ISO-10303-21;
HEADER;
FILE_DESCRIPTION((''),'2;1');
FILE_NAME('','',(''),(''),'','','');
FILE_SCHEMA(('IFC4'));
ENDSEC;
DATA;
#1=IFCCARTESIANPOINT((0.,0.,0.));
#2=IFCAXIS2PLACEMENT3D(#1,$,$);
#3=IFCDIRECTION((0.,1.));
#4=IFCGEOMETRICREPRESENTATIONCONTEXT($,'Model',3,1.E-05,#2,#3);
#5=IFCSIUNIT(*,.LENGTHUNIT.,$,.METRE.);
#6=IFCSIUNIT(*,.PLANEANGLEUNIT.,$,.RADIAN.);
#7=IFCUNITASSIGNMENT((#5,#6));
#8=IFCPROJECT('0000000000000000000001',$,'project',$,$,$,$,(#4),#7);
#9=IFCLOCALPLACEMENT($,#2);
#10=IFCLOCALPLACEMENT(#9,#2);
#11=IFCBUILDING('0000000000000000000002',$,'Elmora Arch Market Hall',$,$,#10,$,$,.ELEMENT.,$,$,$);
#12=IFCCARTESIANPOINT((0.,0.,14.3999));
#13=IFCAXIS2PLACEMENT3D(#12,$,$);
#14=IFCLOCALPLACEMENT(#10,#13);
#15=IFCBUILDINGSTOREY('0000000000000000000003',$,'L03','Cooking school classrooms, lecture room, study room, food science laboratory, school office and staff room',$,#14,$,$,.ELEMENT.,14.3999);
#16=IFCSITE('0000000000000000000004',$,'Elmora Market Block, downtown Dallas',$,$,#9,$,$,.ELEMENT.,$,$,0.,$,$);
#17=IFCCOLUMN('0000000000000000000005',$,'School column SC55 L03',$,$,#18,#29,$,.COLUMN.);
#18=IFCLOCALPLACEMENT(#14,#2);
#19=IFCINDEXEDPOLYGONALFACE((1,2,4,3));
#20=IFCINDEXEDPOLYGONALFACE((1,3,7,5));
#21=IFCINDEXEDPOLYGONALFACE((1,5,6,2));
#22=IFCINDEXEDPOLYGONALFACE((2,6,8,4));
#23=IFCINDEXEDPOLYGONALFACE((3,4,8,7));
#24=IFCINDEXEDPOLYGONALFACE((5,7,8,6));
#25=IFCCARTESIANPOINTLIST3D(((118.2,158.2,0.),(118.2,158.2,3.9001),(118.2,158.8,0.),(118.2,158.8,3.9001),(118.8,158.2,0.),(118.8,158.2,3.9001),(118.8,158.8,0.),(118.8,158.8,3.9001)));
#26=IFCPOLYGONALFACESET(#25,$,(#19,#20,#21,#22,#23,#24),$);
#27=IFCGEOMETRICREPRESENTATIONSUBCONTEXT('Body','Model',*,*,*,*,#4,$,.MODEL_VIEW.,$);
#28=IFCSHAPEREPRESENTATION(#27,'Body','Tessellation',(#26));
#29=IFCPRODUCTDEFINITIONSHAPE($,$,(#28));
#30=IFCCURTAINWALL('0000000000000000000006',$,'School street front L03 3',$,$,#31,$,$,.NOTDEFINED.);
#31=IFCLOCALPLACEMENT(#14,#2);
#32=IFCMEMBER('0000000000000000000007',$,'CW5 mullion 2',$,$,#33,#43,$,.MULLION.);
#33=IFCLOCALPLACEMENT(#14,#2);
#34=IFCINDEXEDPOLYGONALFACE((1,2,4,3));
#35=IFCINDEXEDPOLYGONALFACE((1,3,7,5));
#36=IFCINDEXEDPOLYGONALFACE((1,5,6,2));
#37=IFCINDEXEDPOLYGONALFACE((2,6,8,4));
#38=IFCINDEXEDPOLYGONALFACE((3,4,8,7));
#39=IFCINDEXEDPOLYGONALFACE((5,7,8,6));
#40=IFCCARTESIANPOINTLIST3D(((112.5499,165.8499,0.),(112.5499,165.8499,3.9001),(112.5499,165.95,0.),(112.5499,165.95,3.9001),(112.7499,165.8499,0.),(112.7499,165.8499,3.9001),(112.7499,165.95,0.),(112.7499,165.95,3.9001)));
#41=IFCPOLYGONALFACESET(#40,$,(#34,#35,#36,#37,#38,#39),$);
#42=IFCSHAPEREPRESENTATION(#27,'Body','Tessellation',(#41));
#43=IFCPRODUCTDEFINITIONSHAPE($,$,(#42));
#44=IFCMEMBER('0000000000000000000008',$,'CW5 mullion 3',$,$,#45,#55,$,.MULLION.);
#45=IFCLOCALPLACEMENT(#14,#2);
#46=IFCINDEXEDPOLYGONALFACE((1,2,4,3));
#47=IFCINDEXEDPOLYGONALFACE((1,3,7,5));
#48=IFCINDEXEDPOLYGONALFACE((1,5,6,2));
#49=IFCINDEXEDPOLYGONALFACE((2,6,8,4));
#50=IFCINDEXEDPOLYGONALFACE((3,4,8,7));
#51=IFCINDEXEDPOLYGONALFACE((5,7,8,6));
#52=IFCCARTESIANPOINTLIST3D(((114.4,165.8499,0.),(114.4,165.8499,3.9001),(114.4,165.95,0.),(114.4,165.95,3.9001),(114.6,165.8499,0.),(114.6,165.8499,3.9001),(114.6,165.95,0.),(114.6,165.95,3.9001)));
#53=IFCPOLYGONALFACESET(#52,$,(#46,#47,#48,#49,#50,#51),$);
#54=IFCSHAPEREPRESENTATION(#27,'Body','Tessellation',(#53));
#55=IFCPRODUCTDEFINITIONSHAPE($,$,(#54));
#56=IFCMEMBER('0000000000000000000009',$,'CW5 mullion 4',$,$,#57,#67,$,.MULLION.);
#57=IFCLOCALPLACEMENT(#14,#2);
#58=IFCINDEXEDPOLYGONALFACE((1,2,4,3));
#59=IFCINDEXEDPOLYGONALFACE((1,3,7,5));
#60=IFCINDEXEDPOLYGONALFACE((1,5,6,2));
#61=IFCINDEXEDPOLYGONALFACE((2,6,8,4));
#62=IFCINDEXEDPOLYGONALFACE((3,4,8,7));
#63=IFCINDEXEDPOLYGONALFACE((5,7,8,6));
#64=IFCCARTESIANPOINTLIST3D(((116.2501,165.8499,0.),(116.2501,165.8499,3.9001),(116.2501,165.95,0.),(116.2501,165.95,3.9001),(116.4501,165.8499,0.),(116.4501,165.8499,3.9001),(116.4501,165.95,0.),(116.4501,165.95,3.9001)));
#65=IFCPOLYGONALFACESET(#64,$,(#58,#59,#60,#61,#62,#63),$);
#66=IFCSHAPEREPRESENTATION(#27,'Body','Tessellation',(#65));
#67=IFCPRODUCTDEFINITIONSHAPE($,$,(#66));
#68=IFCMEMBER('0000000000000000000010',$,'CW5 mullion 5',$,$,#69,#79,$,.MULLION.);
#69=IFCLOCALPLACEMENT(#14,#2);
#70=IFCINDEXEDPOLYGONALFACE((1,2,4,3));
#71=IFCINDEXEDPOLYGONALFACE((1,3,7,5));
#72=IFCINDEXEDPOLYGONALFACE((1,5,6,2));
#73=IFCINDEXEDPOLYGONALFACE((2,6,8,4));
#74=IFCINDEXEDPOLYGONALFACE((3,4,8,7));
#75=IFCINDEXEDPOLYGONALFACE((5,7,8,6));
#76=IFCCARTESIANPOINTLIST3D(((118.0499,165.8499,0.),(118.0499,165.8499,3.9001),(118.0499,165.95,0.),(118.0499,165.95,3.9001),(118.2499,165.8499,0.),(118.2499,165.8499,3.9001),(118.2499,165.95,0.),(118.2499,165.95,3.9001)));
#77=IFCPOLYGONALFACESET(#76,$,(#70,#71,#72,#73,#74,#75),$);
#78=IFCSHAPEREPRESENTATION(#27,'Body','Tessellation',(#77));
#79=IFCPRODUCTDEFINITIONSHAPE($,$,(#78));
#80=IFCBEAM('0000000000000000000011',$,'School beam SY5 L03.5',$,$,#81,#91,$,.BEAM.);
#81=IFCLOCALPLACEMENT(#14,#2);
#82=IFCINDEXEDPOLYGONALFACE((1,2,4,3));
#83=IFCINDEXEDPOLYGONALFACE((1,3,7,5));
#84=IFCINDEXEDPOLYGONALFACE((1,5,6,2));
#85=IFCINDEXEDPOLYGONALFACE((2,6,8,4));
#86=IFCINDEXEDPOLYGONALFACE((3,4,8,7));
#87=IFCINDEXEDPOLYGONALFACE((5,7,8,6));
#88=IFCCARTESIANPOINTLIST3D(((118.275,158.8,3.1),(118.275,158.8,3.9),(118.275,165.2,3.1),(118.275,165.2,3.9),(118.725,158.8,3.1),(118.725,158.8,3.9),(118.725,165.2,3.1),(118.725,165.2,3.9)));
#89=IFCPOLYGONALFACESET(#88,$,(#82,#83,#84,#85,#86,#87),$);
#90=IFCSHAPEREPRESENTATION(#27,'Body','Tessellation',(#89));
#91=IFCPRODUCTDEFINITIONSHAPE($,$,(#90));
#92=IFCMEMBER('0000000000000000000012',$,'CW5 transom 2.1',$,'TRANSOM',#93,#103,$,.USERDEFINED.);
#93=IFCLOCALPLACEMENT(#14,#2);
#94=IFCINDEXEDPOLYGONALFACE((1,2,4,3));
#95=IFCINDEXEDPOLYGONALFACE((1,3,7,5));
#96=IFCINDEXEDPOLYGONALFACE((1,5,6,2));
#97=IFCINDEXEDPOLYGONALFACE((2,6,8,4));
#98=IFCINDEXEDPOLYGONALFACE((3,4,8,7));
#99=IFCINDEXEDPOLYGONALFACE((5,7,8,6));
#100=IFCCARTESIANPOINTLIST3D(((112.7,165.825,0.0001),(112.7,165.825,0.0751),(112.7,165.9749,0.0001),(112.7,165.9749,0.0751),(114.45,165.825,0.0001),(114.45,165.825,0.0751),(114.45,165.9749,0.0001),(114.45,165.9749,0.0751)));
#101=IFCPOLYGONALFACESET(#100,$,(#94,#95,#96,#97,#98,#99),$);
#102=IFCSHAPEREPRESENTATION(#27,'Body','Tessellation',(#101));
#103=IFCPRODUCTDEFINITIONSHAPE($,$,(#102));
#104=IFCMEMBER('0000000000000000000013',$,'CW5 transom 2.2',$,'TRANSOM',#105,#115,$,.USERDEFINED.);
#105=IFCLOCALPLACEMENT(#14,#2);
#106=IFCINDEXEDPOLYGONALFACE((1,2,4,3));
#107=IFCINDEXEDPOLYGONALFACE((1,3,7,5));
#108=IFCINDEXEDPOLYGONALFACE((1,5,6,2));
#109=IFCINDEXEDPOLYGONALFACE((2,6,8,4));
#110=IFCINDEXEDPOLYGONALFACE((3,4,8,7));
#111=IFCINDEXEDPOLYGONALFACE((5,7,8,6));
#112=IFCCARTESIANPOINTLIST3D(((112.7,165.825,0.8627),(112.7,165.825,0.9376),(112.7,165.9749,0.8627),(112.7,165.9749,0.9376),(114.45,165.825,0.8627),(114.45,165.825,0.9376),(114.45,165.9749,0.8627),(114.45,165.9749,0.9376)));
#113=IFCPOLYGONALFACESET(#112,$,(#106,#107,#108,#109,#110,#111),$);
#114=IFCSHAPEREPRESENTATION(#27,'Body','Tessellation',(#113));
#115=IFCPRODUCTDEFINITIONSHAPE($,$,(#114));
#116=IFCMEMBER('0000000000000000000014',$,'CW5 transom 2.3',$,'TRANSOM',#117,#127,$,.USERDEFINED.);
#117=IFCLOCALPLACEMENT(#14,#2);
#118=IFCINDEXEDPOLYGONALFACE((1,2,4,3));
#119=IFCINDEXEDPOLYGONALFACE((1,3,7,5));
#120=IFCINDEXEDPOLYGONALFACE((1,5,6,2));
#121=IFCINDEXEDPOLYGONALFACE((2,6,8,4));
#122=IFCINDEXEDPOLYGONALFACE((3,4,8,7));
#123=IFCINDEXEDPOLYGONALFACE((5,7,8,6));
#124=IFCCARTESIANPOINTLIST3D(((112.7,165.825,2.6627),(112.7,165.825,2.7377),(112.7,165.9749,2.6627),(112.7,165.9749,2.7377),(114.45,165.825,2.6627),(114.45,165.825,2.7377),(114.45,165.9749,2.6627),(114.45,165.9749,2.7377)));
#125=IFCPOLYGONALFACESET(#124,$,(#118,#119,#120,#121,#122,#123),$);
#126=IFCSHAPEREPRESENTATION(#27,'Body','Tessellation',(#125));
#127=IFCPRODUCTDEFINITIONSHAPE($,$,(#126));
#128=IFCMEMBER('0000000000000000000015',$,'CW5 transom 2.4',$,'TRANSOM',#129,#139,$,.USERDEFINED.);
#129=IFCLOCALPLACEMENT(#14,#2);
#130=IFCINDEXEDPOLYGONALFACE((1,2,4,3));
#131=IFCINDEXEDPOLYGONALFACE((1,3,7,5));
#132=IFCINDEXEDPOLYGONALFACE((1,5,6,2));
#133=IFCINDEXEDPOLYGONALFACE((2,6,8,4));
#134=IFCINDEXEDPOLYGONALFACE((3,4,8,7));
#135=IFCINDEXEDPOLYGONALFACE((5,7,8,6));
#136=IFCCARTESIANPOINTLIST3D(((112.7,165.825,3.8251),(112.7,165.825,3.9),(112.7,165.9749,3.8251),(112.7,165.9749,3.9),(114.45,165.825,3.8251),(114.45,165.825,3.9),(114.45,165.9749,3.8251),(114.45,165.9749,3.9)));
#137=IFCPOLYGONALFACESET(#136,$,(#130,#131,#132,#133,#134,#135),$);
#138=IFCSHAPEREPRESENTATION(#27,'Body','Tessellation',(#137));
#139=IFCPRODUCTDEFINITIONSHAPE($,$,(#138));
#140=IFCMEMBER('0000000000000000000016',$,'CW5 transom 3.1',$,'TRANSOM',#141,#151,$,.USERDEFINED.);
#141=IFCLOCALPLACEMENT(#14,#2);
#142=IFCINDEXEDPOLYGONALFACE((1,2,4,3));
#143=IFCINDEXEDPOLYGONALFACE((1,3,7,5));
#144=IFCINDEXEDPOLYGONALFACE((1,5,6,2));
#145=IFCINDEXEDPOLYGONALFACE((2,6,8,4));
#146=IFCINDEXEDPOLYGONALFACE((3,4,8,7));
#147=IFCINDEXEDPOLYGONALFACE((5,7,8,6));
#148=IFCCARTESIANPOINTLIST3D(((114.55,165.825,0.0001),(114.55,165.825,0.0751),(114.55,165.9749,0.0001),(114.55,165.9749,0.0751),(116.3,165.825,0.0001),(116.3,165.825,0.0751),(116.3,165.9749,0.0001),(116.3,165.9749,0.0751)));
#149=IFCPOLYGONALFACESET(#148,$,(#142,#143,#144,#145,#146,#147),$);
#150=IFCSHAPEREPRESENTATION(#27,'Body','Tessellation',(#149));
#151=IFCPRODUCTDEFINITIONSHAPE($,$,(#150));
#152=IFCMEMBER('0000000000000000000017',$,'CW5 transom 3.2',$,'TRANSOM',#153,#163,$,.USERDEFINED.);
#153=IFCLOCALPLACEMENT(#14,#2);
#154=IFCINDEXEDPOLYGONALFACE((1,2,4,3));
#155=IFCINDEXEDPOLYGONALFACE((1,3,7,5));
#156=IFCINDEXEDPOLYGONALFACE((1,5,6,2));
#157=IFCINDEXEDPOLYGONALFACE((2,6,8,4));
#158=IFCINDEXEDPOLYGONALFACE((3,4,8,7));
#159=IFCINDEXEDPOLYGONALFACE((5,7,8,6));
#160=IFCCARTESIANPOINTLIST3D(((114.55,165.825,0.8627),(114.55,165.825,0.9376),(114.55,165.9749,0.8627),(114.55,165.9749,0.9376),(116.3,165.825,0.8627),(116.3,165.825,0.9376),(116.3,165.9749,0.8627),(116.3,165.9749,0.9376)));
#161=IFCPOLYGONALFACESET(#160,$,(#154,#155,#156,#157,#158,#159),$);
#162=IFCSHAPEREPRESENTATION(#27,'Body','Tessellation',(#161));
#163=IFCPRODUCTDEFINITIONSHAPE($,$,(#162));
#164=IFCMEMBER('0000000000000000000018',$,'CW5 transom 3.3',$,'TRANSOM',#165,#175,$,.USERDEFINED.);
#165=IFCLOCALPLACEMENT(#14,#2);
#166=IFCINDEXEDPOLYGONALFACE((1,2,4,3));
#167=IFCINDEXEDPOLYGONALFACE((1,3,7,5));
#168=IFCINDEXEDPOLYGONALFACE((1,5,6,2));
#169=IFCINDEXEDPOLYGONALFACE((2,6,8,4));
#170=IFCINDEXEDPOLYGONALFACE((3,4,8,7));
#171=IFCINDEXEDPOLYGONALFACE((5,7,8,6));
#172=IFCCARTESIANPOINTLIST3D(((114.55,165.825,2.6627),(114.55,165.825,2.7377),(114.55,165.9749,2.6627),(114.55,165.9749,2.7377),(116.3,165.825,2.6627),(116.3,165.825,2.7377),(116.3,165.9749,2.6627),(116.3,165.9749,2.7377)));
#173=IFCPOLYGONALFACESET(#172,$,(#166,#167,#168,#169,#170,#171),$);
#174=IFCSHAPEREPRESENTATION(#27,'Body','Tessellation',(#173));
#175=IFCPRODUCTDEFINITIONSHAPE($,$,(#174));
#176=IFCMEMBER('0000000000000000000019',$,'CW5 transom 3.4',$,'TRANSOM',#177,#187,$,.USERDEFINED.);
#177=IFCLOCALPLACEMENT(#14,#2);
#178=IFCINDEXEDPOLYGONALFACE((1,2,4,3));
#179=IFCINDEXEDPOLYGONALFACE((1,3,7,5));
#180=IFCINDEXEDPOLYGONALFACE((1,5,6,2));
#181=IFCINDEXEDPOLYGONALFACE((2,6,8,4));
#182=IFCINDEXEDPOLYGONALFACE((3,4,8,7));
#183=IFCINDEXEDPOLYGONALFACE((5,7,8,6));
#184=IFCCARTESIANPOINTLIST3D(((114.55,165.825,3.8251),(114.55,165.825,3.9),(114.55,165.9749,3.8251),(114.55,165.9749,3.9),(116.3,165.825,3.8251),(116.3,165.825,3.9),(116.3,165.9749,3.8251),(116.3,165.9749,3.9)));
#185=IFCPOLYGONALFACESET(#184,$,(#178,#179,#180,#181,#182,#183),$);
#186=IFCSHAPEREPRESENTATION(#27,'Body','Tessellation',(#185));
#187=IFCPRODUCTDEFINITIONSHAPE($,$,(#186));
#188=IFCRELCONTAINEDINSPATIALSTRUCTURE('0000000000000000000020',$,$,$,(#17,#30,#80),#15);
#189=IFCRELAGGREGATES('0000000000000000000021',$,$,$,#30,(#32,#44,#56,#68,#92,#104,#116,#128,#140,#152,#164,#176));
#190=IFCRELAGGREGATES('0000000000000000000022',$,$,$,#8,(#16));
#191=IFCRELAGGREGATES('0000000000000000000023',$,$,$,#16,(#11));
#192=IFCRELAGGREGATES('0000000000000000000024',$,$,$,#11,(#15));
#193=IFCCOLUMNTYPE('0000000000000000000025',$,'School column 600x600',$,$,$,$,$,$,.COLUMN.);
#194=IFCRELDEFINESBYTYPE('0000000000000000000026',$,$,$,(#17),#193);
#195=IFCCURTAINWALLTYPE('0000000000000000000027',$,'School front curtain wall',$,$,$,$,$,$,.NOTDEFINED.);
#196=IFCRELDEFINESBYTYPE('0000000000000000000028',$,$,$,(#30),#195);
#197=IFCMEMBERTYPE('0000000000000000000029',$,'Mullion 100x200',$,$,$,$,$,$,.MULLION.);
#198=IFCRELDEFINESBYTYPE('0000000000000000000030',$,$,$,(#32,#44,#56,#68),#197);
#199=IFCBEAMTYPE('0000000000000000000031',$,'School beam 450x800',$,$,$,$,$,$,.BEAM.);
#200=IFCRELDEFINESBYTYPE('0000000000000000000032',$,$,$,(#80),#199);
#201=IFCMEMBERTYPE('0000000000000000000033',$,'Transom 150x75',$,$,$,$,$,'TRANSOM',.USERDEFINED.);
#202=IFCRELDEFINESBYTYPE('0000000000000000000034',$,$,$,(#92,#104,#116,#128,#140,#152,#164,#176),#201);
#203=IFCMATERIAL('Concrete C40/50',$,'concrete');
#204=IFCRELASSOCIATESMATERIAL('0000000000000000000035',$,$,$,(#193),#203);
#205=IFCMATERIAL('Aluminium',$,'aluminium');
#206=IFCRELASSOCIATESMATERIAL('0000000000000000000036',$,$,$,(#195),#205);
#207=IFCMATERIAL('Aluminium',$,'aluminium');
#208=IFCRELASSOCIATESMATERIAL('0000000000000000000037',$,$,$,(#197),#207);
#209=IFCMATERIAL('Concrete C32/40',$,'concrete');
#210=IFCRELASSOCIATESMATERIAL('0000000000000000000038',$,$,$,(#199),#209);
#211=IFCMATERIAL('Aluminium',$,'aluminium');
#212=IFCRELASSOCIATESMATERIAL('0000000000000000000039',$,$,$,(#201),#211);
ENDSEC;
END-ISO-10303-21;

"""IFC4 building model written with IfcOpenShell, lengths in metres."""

from ifc_helpers import new_model, si_unit, direction, frame, origin, origin_2d, place, context, subcontext, project, spatial, rectangle, extrude, material, material_profile, profile_set, type_object, element, aggregate, save


model = new_model("IFC4")

# Units and contexts
model_context = context("Model", 3, precision=1e-05, world=origin(), true_north=direction((0.0, 1.0)))
body_context = subcontext(model_context, "Body", "Model", "MODEL_VIEW")
ifc_project = project(units=[si_unit("LENGTHUNIT", "METRE"), si_unit("PLANEANGLEUNIT", "RADIAN")], contexts=[model_context])

# Site, building, storey
site_placement = place(None, origin())
site = spatial("IfcSite", under=ifc_project, at=site_placement, Name="Elmora Market Block, downtown Dallas", CompositionType="ELEMENT", RefElevation=0.0)
building_placement = place(site_placement, origin())
building = spatial("IfcBuilding", under=site, at=building_placement, Name="Elmora Arch Market Hall", CompositionType="ELEMENT")
storey_placement = place(building_placement, frame((0.0, 0.0, 14.3999)))
storey = spatial("IfcBuildingStorey", under=building, at=storey_placement, Name="L03", Description="Cooking school classrooms, lecture room, study room, food science laboratory, school office and staff room", CompositionType="ELEMENT", Elevation=14.3999)

# Column
ifc_material_1 = material(Name="Concrete C40/50", Category="concrete")
ifc_material_profile_1 = material_profile(ifc_material_1, rectangle(XDim=0.6001, YDim=0.6001, at=origin_2d()), Name="School column 600x600")
ifc_profile_set_1 = profile_set([ifc_material_profile_1], Name="Concrete C40/50")
column_type = type_object("IfcColumnType", Name="School column 600x600", PredefinedType="COLUMN", material=ifc_profile_set_1)
column_placement = place(storey_placement, frame((118.5, 158.5, 0.0), z_axis=(0.0, 0.0, 1.0), x_axis=(1.0, 0.0, 0.0)))
element("IfcColumn", 1, at=column_placement, inside=storey, type_object=column_type, Name="School column SC55 L03", PredefinedType="COLUMN", context=body_context, shape_type="SweptSolid", body=[
    extrude(rectangle(XDim=0.6001, YDim=0.6001, at=origin_2d()), origin(), (0.0, 0.0, 1.0), 3.9001),
])

# Curtain wall, members
ifc_material_2 = material(Name="Aluminium", Category="aluminium")
curtain_wall_type = type_object("IfcCurtainWallType", Name="School front curtain wall", PredefinedType="NOTDEFINED", material=ifc_material_2)
curtain_wall_placement = place(storey_placement, origin())
curtain_wall = element("IfcCurtainWall", 2, at=curtain_wall_placement, inside=storey, type_object=curtain_wall_type, Name="School street front L03 3", PredefinedType="NOTDEFINED")
ifc_material_3 = material(Name="Aluminium", Category="aluminium")
ifc_material_profile_2 = material_profile(ifc_material_3, rectangle(XDim=0.1001, YDim=0.2, at=origin_2d()), Name="AL 100x200")
ifc_profile_set_2 = profile_set([ifc_material_profile_2], Name="Aluminium")
member_type_1 = type_object("IfcMemberType", Name="Mullion 100x200", PredefinedType="MULLION", material=ifc_profile_set_2)
member_1_placement = place(storey_placement, frame((112.6499, 165.8999, 0.0), z_axis=(0.0, 0.0, 1.0), x_axis=(0.0, 1.0, 0.0)))
member_1 = element("IfcMember", 3, at=member_1_placement, type_object=member_type_1, Name="CW5 mullion 2", PredefinedType="MULLION", context=body_context, shape_type="SweptSolid", body=[
    extrude(rectangle(XDim=0.1001, YDim=0.2, at=origin_2d()), origin(), (0.0, 0.0, 1.0), 3.9001),
])
member_2_placement = place(storey_placement, frame((114.5, 165.8999, 0.0), z_axis=(0.0, 0.0, 1.0), x_axis=(0.0, 1.0, 0.0)))
member_2 = element("IfcMember", 4, at=member_2_placement, type_object=member_type_1, Name="CW5 mullion 3", PredefinedType="MULLION", context=body_context, shape_type="SweptSolid", body=[
    extrude(rectangle(XDim=0.1001, YDim=0.2, at=origin_2d()), origin(), (0.0, 0.0, 1.0), 3.9001),
])
member_3_placement = place(storey_placement, frame((116.3501, 165.8999, 0.0), z_axis=(0.0, 0.0, 1.0), x_axis=(0.0, 1.0, 0.0)))
member_3 = element("IfcMember", 5, at=member_3_placement, type_object=member_type_1, Name="CW5 mullion 4", PredefinedType="MULLION", context=body_context, shape_type="SweptSolid", body=[
    extrude(rectangle(XDim=0.1001, YDim=0.2, at=origin_2d()), origin(), (0.0, 0.0, 1.0), 3.9001),
])
member_4_placement = place(storey_placement, frame((118.1499, 165.8999, 0.0), z_axis=(0.0, 0.0, 1.0), x_axis=(0.0, 1.0, 0.0)))
member_4 = element("IfcMember", 6, at=member_4_placement, type_object=member_type_1, Name="CW5 mullion 5", PredefinedType="MULLION", context=body_context, shape_type="SweptSolid", body=[
    extrude(rectangle(XDim=0.1001, YDim=0.2, at=origin_2d()), origin(), (0.0, 0.0, 1.0), 3.9001),
])

# Beam
ifc_material_4 = material(Name="Concrete C32/40", Category="concrete")
ifc_material_profile_3 = material_profile(ifc_material_4, rectangle(XDim=0.45, YDim=0.8, at=origin_2d()), Name="School beam 450x800")
ifc_profile_set_3 = profile_set([ifc_material_profile_3], Name="Concrete C32/40")
beam_type = type_object("IfcBeamType", Name="School beam 450x800", PredefinedType="BEAM", material=ifc_profile_set_3)
beam_placement = place(storey_placement, frame((118.5, 158.8, 3.5), z_axis=(0.0, 1.0, 0.0), x_axis=(-1.0, 0.0, 0.0)))
element("IfcBeam", 7, at=beam_placement, inside=storey, type_object=beam_type, Name="School beam SY5 L03.5", PredefinedType="BEAM", context=body_context, shape_type="SweptSolid", body=[
    extrude(rectangle(XDim=0.45, YDim=0.8, at=origin_2d()), origin(), (0.0, 0.0, 1.0), 6.3999),
])

# Members
ifc_material_5 = material(Name="Aluminium", Category="aluminium")
ifc_material_profile_4 = material_profile(ifc_material_5, rectangle(XDim=0.1499, YDim=0.075, at=origin_2d()), Name="AL 150x75")
ifc_profile_set_4 = profile_set([ifc_material_profile_4], Name="Aluminium")
member_type_2 = type_object("IfcMemberType", Name="Transom 150x75", ElementType="TRANSOM", PredefinedType="USERDEFINED", material=ifc_profile_set_4)
member_5_placement = place(storey_placement, frame((112.7, 165.8999, 0.0376), z_axis=(1.0, 0.0, 0.0), x_axis=(0.0, 1.0, 0.0)))
member_5 = element("IfcMember", 8, at=member_5_placement, type_object=member_type_2, Name="CW5 transom 2.1", ObjectType="TRANSOM", PredefinedType="USERDEFINED", context=body_context, shape_type="SweptSolid", body=[
    extrude(rectangle(XDim=0.1499, YDim=0.075, at=origin_2d()), origin(), (0.0, 0.0, 1.0), 1.75),
])
member_6_placement = place(storey_placement, frame((112.7, 165.8999, 0.9001), z_axis=(1.0, 0.0, 0.0), x_axis=(0.0, 1.0, 0.0)))
member_6 = element("IfcMember", 9, at=member_6_placement, type_object=member_type_2, Name="CW5 transom 2.2", ObjectType="TRANSOM", PredefinedType="USERDEFINED", context=body_context, shape_type="SweptSolid", body=[
    extrude(rectangle(XDim=0.1499, YDim=0.075, at=origin_2d()), origin(), (0.0, 0.0, 1.0), 1.75),
])
member_7_placement = place(storey_placement, frame((112.7, 165.8999, 2.7002), z_axis=(1.0, 0.0, 0.0), x_axis=(0.0, 1.0, 0.0)))
member_7 = element("IfcMember", 10, at=member_7_placement, type_object=member_type_2, Name="CW5 transom 2.3", ObjectType="TRANSOM", PredefinedType="USERDEFINED", context=body_context, shape_type="SweptSolid", body=[
    extrude(rectangle(XDim=0.1499, YDim=0.075, at=origin_2d()), origin(), (0.0, 0.0, 1.0), 1.75),
])
member_8_placement = place(storey_placement, frame((112.7, 165.8999, 3.8625), z_axis=(1.0, 0.0, 0.0), x_axis=(0.0, 1.0, 0.0)))
member_8 = element("IfcMember", 11, at=member_8_placement, type_object=member_type_2, Name="CW5 transom 2.4", ObjectType="TRANSOM", PredefinedType="USERDEFINED", context=body_context, shape_type="SweptSolid", body=[
    extrude(rectangle(XDim=0.1499, YDim=0.075, at=origin_2d()), origin(), (0.0, 0.0, 1.0), 1.75),
])
member_9_placement = place(storey_placement, frame((114.55, 165.8999, 0.0376), z_axis=(1.0, 0.0, 0.0), x_axis=(0.0, 1.0, 0.0)))
member_9 = element("IfcMember", 12, at=member_9_placement, type_object=member_type_2, Name="CW5 transom 3.1", ObjectType="TRANSOM", PredefinedType="USERDEFINED", context=body_context, shape_type="SweptSolid", body=[
    extrude(rectangle(XDim=0.1499, YDim=0.075, at=origin_2d()), origin(), (0.0, 0.0, 1.0), 1.75),
])
member_10_placement = place(storey_placement, frame((114.55, 165.8999, 0.9001), z_axis=(1.0, 0.0, 0.0), x_axis=(0.0, 1.0, 0.0)))
member_10 = element("IfcMember", 13, at=member_10_placement, type_object=member_type_2, Name="CW5 transom 3.2", ObjectType="TRANSOM", PredefinedType="USERDEFINED", context=body_context, shape_type="SweptSolid", body=[
    extrude(rectangle(XDim=0.1499, YDim=0.075, at=origin_2d()), origin(), (0.0, 0.0, 1.0), 1.75),
])
member_11_placement = place(storey_placement, frame((114.55, 165.8999, 2.7002), z_axis=(1.0, 0.0, 0.0), x_axis=(0.0, 1.0, 0.0)))
member_11 = element("IfcMember", 14, at=member_11_placement, type_object=member_type_2, Name="CW5 transom 3.3", ObjectType="TRANSOM", PredefinedType="USERDEFINED", context=body_context, shape_type="SweptSolid", body=[
    extrude(rectangle(XDim=0.1499, YDim=0.075, at=origin_2d()), origin(), (0.0, 0.0, 1.0), 1.75),
])
member_12_placement = place(storey_placement, frame((114.55, 165.8999, 3.8625), z_axis=(1.0, 0.0, 0.0), x_axis=(0.0, 1.0, 0.0)))
member_12 = element("IfcMember", 15, at=member_12_placement, type_object=member_type_2, Name="CW5 transom 3.4", ObjectType="TRANSOM", PredefinedType="USERDEFINED", context=body_context, shape_type="SweptSolid", body=[
    extrude(rectangle(XDim=0.1499, YDim=0.075, at=origin_2d()), origin(), (0.0, 0.0, 1.0), 1.75),
])

aggregate(curtain_wall, [member_1, member_2, member_3, member_4, member_5, member_6, member_7, member_8, member_9, member_10, member_11, member_12])

save(model, "model.ifc")
